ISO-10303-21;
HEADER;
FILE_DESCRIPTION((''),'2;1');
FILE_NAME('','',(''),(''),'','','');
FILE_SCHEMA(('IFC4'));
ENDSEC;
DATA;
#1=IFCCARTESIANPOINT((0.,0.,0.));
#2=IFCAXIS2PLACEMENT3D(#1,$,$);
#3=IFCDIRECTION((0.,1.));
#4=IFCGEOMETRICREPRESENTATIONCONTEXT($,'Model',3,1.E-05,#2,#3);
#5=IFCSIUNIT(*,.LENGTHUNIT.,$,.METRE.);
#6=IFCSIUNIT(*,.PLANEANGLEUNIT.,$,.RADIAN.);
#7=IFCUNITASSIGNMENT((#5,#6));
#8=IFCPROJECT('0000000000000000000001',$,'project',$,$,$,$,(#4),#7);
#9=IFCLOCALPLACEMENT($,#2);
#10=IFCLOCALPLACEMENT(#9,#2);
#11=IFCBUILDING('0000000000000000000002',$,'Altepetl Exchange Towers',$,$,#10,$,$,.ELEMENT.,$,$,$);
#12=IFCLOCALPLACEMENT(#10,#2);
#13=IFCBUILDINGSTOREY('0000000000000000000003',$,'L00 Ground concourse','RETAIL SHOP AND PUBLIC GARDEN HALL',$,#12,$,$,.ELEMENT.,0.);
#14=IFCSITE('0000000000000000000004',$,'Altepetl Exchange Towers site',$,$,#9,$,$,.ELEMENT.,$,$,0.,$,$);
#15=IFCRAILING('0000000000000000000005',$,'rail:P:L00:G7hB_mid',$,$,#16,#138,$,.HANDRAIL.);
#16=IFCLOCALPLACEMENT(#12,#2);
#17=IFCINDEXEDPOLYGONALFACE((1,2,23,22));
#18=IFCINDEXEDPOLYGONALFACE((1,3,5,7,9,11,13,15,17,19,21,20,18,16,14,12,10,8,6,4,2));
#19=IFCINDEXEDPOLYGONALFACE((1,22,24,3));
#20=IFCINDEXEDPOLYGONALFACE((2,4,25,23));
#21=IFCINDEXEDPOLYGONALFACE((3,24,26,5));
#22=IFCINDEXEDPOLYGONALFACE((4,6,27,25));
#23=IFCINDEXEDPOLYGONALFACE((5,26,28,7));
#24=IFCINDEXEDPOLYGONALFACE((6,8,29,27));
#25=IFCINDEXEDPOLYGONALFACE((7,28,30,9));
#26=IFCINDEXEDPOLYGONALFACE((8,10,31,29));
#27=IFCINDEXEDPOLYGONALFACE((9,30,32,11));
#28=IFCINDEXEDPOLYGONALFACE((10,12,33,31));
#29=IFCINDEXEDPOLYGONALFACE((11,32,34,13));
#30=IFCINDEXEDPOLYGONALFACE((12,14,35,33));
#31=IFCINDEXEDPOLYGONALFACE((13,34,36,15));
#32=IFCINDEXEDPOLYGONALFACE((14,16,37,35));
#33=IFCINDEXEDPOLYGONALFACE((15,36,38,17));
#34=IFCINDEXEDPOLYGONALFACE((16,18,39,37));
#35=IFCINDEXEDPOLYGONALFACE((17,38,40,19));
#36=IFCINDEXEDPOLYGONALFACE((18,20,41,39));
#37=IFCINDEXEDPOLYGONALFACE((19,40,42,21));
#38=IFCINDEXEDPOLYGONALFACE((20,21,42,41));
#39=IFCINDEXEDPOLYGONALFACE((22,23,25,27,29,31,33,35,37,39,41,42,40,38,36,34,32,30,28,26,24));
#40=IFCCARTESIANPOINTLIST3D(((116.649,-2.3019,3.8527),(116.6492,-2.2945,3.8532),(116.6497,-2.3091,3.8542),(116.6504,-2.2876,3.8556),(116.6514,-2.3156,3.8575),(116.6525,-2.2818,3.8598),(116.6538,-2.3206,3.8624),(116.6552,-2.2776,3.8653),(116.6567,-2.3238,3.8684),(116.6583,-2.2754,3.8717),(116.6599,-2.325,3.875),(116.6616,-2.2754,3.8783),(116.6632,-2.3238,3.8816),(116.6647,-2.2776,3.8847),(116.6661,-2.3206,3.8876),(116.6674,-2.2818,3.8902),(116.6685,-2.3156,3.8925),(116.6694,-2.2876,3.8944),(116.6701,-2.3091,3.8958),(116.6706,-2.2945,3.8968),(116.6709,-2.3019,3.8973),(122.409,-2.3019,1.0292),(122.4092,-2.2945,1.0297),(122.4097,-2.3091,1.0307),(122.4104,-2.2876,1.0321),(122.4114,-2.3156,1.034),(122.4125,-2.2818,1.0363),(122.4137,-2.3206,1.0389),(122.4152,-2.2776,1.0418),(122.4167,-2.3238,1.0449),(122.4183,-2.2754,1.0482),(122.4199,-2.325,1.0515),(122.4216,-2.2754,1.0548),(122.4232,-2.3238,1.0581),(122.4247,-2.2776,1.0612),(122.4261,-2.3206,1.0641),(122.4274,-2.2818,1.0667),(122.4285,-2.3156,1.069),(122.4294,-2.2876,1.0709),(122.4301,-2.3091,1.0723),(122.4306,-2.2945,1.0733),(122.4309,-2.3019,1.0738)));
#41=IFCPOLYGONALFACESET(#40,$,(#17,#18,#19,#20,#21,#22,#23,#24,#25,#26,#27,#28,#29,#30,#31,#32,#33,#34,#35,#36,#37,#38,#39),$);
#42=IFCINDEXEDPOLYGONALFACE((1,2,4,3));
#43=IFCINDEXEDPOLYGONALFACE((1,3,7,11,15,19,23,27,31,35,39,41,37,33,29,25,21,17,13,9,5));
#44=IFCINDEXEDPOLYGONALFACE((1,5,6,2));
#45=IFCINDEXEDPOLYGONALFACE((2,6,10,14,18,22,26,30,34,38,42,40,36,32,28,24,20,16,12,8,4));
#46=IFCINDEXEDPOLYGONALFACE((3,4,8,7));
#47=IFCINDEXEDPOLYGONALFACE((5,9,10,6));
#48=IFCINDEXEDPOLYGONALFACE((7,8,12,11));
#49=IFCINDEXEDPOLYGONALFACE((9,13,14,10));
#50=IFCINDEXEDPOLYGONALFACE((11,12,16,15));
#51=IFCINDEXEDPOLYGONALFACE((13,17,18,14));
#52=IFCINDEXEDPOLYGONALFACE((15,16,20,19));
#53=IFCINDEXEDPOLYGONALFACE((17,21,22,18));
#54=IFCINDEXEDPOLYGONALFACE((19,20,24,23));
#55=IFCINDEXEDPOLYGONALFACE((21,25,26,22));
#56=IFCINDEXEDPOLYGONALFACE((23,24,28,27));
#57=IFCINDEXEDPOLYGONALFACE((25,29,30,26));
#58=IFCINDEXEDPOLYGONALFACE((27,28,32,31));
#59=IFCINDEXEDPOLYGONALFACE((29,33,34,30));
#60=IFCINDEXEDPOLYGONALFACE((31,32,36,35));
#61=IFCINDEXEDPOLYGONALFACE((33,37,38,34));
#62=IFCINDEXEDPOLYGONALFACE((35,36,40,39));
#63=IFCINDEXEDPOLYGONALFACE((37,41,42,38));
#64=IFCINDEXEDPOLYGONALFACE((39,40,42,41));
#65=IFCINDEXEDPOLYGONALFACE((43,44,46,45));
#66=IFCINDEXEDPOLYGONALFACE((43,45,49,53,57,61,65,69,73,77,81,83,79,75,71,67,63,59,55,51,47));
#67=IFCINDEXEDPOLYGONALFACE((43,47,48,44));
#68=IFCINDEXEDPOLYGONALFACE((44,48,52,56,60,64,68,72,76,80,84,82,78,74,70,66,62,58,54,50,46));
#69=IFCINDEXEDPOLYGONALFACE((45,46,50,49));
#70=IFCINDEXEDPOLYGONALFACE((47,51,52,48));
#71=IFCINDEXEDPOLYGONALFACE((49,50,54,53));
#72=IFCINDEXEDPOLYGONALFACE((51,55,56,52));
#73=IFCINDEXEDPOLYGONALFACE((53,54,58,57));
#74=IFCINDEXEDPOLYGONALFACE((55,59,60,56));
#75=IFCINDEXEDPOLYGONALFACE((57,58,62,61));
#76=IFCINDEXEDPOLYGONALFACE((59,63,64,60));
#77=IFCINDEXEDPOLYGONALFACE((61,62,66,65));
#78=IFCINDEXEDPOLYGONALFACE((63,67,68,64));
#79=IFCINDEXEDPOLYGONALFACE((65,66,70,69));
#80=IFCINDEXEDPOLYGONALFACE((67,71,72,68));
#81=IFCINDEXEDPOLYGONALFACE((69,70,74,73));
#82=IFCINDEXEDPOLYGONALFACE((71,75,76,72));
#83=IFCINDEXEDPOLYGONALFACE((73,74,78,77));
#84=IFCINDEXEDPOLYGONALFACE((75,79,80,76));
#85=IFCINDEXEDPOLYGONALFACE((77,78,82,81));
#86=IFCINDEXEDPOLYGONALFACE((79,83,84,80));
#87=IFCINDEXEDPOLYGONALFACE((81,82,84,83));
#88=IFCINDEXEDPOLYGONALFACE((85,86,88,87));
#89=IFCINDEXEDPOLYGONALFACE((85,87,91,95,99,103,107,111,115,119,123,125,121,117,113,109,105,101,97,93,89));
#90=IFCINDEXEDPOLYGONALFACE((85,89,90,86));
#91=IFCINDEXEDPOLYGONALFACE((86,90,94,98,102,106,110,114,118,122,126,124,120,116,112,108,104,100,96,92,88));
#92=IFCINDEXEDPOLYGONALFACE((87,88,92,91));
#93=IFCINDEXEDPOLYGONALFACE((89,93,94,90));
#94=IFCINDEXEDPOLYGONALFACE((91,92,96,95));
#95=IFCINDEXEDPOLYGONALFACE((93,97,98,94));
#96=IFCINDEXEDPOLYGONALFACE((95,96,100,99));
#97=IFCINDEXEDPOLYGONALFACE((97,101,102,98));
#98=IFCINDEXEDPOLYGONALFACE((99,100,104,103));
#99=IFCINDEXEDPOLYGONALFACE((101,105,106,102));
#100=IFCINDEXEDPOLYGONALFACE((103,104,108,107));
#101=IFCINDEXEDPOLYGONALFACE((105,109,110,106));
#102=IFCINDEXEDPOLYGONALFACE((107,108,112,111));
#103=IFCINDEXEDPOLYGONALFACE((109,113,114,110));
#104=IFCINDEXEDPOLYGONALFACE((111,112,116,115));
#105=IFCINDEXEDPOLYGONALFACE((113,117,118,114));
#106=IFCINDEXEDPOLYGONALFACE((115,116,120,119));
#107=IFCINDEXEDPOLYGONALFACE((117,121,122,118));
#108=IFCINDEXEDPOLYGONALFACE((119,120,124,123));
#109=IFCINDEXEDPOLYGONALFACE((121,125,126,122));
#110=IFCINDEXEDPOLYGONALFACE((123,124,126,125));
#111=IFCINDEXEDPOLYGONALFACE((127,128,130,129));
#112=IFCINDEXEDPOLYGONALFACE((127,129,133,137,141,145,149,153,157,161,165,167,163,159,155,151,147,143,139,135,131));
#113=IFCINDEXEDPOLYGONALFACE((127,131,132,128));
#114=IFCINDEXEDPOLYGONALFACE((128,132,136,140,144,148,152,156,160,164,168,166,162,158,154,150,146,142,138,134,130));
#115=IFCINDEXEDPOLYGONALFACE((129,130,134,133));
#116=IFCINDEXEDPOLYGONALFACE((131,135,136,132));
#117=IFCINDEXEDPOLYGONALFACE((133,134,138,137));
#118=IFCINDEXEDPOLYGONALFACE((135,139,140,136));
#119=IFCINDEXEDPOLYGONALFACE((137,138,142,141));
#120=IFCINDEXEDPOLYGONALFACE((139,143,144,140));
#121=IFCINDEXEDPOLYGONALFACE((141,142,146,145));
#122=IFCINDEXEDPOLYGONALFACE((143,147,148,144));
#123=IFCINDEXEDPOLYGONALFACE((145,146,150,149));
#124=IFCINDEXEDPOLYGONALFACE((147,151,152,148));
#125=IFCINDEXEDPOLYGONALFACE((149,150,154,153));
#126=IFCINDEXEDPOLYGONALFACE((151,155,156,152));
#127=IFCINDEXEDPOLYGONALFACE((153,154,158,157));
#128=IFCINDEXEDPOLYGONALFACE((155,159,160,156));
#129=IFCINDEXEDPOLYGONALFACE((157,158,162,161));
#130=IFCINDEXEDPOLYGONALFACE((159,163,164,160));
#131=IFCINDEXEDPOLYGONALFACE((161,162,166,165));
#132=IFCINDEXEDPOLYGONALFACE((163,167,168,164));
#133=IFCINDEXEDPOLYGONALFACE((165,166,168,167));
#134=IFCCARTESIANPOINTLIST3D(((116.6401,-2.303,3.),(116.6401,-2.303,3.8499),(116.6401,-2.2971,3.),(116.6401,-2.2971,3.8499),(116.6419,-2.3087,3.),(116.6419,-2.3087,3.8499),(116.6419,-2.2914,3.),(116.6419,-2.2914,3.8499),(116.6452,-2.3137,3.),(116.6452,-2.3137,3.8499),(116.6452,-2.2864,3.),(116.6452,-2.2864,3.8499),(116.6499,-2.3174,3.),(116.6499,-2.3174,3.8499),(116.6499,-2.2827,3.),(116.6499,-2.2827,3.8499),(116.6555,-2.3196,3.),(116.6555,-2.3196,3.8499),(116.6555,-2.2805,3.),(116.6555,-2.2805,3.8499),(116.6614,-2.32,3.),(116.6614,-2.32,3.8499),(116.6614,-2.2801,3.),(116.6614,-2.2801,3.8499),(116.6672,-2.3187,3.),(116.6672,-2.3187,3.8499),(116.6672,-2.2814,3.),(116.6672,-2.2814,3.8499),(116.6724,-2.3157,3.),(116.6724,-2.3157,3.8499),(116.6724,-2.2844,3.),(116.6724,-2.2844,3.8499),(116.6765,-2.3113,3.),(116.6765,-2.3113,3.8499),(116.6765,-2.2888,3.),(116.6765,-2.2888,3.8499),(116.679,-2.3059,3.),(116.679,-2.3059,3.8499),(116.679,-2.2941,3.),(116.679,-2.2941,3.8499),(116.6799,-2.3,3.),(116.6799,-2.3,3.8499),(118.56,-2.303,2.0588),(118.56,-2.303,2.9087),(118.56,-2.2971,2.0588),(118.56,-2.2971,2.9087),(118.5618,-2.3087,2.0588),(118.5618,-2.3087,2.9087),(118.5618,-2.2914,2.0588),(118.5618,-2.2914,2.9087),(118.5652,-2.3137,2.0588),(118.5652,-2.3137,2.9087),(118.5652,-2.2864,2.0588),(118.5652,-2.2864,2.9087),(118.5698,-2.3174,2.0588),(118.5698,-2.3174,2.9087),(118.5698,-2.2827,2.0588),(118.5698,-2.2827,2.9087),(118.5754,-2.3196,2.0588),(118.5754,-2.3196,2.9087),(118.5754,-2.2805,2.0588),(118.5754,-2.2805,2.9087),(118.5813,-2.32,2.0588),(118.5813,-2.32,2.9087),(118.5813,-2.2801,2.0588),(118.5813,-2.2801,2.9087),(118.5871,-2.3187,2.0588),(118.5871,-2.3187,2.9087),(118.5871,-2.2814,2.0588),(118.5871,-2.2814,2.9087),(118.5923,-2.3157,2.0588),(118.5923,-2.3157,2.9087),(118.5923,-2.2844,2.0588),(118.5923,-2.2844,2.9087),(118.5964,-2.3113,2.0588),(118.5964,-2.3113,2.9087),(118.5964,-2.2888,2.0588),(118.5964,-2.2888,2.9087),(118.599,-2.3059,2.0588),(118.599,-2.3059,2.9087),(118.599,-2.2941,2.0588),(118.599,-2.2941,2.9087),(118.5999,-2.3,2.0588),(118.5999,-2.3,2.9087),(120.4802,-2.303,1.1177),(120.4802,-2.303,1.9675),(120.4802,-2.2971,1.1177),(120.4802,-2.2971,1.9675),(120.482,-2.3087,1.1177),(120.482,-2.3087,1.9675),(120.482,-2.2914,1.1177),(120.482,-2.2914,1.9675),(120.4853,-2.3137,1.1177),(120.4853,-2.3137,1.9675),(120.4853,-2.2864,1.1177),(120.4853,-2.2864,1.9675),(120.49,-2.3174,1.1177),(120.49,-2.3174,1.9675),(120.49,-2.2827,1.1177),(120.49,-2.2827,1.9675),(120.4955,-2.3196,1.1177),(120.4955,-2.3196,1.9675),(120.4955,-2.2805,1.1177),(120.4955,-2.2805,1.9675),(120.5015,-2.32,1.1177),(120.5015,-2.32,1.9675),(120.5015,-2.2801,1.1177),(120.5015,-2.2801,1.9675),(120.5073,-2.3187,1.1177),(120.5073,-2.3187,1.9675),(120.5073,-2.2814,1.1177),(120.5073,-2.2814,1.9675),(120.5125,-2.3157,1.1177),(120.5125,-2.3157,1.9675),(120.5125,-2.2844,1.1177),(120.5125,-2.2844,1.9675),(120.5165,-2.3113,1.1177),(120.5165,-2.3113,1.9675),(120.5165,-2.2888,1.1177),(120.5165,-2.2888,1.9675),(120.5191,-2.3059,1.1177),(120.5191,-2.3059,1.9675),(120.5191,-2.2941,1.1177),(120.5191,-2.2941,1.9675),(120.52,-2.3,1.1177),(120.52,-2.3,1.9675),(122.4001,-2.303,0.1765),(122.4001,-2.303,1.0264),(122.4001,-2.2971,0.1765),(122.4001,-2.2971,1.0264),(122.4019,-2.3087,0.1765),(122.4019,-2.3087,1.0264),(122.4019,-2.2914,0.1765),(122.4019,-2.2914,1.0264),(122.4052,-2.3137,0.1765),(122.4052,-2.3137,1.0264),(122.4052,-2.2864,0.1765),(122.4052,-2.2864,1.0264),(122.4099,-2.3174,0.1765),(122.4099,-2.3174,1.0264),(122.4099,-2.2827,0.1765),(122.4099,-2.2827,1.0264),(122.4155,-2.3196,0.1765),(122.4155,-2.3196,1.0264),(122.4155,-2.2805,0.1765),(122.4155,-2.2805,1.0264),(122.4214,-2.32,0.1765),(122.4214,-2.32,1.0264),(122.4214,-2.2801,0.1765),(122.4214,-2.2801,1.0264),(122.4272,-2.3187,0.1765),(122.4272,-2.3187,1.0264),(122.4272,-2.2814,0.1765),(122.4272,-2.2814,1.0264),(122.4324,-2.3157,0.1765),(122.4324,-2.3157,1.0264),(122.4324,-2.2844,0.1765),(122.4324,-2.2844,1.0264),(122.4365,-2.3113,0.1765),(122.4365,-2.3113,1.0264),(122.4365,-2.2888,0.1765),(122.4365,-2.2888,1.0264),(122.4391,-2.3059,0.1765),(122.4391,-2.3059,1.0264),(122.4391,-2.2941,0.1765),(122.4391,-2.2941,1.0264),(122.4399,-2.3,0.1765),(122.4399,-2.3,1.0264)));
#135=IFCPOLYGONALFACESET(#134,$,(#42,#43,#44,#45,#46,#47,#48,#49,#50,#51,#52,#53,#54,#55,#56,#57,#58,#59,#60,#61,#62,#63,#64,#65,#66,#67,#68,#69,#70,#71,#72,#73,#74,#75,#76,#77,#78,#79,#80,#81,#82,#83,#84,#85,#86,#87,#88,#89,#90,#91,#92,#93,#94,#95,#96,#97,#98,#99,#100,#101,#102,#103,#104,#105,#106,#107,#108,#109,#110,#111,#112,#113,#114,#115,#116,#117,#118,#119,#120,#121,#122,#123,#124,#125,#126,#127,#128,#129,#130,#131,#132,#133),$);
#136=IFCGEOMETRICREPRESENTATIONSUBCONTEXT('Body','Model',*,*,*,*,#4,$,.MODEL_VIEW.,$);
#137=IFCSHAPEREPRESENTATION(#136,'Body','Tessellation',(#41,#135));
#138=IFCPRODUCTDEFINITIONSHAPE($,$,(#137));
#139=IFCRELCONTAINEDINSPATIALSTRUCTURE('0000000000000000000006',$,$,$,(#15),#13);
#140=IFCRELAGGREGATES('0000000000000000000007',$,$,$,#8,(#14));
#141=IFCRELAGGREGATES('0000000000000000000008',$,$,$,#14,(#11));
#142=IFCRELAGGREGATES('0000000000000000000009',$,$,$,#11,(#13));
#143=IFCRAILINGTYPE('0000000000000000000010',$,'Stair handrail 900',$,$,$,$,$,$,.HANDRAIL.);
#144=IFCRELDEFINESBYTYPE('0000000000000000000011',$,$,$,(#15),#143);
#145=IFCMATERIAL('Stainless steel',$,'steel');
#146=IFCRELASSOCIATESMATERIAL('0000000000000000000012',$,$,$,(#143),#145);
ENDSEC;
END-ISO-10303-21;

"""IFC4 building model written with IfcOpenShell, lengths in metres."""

from ifc_helpers import new_model, si_unit, direction, frame, origin, origin_2d, place, context, subcontext, project, spatial, circle, extrude, source, transform, mapped, material, type_object, element, save


model = new_model("IFC4")

# Units and contexts
model_context = context("Model", 3, precision=1e-05, world=origin(), true_north=direction((0.0, 1.0)))
body_context = subcontext(model_context, "Body", "Model", "MODEL_VIEW")
ifc_project = project(units=[si_unit("LENGTHUNIT", "METRE"), si_unit("PLANEANGLEUNIT", "RADIAN")], contexts=[model_context])

# Site, building, storey
site_placement = place(None, origin())
site = spatial("IfcSite", under=ifc_project, at=site_placement, Name="Altepetl Exchange Towers site", CompositionType="ELEMENT", RefElevation=0.0)
building_placement = place(site_placement, origin())
building = spatial("IfcBuilding", under=site, at=building_placement, Name="Altepetl Exchange Towers", CompositionType="ELEMENT")
storey_placement = place(building_placement, origin())
storey = spatial("IfcBuildingStorey", under=building, at=storey_placement, Name="L00 Ground concourse", Description="RETAIL SHOP AND PUBLIC GARDEN HALL", CompositionType="ELEMENT", Elevation=0.0)

# Railing
ifc_material_1 = material(Name="Stainless steel", Category="steel")
railing_type_1 = type_object("IfcRailingType", Name="Stair handrail 900", PredefinedType="HANDRAIL", material=ifc_material_1)
shared_shape_1 = source(origin(), body_context, "Body", "SweptSolid", [
    extrude(circle(Radius=0.02, at=origin_2d()), origin(), (0.0, 0.0, 1.0), 0.8499),
])
for number, where, name in (
    (1, (122.4199, -2.3, 0.1765), "rail:P:L00:G7hB_mid"),
):
    element("IfcRailing", number, at=place(storey_placement, frame(where)), inside=storey, type_object=railing_type_1, Name=name, PredefinedType="HANDRAIL", context=body_context, shape_type="SweptSolid", body=[
        extrude(circle(Radius=0.0249, at=origin_2d()), frame((0.0, 0.0, 0.875), z_axis=(-0.897924, 0.0, 0.440151), x_axis=(0.0, -1.0, 0.0)), (0.0, 0.0, 1.0), 6.4148),
        mapped(shared_shape_1, transform((0.0, 0.0, 0.0))),
        mapped(shared_shape_1, transform((-1.9199, 0.0, 0.9412))),
        mapped(shared_shape_1, transform((-3.8401, 0.0, 1.8823))),
        mapped(shared_shape_1, transform((-5.76, 0.0, 2.8235))),
    ])

save(model, "model.ifc")
